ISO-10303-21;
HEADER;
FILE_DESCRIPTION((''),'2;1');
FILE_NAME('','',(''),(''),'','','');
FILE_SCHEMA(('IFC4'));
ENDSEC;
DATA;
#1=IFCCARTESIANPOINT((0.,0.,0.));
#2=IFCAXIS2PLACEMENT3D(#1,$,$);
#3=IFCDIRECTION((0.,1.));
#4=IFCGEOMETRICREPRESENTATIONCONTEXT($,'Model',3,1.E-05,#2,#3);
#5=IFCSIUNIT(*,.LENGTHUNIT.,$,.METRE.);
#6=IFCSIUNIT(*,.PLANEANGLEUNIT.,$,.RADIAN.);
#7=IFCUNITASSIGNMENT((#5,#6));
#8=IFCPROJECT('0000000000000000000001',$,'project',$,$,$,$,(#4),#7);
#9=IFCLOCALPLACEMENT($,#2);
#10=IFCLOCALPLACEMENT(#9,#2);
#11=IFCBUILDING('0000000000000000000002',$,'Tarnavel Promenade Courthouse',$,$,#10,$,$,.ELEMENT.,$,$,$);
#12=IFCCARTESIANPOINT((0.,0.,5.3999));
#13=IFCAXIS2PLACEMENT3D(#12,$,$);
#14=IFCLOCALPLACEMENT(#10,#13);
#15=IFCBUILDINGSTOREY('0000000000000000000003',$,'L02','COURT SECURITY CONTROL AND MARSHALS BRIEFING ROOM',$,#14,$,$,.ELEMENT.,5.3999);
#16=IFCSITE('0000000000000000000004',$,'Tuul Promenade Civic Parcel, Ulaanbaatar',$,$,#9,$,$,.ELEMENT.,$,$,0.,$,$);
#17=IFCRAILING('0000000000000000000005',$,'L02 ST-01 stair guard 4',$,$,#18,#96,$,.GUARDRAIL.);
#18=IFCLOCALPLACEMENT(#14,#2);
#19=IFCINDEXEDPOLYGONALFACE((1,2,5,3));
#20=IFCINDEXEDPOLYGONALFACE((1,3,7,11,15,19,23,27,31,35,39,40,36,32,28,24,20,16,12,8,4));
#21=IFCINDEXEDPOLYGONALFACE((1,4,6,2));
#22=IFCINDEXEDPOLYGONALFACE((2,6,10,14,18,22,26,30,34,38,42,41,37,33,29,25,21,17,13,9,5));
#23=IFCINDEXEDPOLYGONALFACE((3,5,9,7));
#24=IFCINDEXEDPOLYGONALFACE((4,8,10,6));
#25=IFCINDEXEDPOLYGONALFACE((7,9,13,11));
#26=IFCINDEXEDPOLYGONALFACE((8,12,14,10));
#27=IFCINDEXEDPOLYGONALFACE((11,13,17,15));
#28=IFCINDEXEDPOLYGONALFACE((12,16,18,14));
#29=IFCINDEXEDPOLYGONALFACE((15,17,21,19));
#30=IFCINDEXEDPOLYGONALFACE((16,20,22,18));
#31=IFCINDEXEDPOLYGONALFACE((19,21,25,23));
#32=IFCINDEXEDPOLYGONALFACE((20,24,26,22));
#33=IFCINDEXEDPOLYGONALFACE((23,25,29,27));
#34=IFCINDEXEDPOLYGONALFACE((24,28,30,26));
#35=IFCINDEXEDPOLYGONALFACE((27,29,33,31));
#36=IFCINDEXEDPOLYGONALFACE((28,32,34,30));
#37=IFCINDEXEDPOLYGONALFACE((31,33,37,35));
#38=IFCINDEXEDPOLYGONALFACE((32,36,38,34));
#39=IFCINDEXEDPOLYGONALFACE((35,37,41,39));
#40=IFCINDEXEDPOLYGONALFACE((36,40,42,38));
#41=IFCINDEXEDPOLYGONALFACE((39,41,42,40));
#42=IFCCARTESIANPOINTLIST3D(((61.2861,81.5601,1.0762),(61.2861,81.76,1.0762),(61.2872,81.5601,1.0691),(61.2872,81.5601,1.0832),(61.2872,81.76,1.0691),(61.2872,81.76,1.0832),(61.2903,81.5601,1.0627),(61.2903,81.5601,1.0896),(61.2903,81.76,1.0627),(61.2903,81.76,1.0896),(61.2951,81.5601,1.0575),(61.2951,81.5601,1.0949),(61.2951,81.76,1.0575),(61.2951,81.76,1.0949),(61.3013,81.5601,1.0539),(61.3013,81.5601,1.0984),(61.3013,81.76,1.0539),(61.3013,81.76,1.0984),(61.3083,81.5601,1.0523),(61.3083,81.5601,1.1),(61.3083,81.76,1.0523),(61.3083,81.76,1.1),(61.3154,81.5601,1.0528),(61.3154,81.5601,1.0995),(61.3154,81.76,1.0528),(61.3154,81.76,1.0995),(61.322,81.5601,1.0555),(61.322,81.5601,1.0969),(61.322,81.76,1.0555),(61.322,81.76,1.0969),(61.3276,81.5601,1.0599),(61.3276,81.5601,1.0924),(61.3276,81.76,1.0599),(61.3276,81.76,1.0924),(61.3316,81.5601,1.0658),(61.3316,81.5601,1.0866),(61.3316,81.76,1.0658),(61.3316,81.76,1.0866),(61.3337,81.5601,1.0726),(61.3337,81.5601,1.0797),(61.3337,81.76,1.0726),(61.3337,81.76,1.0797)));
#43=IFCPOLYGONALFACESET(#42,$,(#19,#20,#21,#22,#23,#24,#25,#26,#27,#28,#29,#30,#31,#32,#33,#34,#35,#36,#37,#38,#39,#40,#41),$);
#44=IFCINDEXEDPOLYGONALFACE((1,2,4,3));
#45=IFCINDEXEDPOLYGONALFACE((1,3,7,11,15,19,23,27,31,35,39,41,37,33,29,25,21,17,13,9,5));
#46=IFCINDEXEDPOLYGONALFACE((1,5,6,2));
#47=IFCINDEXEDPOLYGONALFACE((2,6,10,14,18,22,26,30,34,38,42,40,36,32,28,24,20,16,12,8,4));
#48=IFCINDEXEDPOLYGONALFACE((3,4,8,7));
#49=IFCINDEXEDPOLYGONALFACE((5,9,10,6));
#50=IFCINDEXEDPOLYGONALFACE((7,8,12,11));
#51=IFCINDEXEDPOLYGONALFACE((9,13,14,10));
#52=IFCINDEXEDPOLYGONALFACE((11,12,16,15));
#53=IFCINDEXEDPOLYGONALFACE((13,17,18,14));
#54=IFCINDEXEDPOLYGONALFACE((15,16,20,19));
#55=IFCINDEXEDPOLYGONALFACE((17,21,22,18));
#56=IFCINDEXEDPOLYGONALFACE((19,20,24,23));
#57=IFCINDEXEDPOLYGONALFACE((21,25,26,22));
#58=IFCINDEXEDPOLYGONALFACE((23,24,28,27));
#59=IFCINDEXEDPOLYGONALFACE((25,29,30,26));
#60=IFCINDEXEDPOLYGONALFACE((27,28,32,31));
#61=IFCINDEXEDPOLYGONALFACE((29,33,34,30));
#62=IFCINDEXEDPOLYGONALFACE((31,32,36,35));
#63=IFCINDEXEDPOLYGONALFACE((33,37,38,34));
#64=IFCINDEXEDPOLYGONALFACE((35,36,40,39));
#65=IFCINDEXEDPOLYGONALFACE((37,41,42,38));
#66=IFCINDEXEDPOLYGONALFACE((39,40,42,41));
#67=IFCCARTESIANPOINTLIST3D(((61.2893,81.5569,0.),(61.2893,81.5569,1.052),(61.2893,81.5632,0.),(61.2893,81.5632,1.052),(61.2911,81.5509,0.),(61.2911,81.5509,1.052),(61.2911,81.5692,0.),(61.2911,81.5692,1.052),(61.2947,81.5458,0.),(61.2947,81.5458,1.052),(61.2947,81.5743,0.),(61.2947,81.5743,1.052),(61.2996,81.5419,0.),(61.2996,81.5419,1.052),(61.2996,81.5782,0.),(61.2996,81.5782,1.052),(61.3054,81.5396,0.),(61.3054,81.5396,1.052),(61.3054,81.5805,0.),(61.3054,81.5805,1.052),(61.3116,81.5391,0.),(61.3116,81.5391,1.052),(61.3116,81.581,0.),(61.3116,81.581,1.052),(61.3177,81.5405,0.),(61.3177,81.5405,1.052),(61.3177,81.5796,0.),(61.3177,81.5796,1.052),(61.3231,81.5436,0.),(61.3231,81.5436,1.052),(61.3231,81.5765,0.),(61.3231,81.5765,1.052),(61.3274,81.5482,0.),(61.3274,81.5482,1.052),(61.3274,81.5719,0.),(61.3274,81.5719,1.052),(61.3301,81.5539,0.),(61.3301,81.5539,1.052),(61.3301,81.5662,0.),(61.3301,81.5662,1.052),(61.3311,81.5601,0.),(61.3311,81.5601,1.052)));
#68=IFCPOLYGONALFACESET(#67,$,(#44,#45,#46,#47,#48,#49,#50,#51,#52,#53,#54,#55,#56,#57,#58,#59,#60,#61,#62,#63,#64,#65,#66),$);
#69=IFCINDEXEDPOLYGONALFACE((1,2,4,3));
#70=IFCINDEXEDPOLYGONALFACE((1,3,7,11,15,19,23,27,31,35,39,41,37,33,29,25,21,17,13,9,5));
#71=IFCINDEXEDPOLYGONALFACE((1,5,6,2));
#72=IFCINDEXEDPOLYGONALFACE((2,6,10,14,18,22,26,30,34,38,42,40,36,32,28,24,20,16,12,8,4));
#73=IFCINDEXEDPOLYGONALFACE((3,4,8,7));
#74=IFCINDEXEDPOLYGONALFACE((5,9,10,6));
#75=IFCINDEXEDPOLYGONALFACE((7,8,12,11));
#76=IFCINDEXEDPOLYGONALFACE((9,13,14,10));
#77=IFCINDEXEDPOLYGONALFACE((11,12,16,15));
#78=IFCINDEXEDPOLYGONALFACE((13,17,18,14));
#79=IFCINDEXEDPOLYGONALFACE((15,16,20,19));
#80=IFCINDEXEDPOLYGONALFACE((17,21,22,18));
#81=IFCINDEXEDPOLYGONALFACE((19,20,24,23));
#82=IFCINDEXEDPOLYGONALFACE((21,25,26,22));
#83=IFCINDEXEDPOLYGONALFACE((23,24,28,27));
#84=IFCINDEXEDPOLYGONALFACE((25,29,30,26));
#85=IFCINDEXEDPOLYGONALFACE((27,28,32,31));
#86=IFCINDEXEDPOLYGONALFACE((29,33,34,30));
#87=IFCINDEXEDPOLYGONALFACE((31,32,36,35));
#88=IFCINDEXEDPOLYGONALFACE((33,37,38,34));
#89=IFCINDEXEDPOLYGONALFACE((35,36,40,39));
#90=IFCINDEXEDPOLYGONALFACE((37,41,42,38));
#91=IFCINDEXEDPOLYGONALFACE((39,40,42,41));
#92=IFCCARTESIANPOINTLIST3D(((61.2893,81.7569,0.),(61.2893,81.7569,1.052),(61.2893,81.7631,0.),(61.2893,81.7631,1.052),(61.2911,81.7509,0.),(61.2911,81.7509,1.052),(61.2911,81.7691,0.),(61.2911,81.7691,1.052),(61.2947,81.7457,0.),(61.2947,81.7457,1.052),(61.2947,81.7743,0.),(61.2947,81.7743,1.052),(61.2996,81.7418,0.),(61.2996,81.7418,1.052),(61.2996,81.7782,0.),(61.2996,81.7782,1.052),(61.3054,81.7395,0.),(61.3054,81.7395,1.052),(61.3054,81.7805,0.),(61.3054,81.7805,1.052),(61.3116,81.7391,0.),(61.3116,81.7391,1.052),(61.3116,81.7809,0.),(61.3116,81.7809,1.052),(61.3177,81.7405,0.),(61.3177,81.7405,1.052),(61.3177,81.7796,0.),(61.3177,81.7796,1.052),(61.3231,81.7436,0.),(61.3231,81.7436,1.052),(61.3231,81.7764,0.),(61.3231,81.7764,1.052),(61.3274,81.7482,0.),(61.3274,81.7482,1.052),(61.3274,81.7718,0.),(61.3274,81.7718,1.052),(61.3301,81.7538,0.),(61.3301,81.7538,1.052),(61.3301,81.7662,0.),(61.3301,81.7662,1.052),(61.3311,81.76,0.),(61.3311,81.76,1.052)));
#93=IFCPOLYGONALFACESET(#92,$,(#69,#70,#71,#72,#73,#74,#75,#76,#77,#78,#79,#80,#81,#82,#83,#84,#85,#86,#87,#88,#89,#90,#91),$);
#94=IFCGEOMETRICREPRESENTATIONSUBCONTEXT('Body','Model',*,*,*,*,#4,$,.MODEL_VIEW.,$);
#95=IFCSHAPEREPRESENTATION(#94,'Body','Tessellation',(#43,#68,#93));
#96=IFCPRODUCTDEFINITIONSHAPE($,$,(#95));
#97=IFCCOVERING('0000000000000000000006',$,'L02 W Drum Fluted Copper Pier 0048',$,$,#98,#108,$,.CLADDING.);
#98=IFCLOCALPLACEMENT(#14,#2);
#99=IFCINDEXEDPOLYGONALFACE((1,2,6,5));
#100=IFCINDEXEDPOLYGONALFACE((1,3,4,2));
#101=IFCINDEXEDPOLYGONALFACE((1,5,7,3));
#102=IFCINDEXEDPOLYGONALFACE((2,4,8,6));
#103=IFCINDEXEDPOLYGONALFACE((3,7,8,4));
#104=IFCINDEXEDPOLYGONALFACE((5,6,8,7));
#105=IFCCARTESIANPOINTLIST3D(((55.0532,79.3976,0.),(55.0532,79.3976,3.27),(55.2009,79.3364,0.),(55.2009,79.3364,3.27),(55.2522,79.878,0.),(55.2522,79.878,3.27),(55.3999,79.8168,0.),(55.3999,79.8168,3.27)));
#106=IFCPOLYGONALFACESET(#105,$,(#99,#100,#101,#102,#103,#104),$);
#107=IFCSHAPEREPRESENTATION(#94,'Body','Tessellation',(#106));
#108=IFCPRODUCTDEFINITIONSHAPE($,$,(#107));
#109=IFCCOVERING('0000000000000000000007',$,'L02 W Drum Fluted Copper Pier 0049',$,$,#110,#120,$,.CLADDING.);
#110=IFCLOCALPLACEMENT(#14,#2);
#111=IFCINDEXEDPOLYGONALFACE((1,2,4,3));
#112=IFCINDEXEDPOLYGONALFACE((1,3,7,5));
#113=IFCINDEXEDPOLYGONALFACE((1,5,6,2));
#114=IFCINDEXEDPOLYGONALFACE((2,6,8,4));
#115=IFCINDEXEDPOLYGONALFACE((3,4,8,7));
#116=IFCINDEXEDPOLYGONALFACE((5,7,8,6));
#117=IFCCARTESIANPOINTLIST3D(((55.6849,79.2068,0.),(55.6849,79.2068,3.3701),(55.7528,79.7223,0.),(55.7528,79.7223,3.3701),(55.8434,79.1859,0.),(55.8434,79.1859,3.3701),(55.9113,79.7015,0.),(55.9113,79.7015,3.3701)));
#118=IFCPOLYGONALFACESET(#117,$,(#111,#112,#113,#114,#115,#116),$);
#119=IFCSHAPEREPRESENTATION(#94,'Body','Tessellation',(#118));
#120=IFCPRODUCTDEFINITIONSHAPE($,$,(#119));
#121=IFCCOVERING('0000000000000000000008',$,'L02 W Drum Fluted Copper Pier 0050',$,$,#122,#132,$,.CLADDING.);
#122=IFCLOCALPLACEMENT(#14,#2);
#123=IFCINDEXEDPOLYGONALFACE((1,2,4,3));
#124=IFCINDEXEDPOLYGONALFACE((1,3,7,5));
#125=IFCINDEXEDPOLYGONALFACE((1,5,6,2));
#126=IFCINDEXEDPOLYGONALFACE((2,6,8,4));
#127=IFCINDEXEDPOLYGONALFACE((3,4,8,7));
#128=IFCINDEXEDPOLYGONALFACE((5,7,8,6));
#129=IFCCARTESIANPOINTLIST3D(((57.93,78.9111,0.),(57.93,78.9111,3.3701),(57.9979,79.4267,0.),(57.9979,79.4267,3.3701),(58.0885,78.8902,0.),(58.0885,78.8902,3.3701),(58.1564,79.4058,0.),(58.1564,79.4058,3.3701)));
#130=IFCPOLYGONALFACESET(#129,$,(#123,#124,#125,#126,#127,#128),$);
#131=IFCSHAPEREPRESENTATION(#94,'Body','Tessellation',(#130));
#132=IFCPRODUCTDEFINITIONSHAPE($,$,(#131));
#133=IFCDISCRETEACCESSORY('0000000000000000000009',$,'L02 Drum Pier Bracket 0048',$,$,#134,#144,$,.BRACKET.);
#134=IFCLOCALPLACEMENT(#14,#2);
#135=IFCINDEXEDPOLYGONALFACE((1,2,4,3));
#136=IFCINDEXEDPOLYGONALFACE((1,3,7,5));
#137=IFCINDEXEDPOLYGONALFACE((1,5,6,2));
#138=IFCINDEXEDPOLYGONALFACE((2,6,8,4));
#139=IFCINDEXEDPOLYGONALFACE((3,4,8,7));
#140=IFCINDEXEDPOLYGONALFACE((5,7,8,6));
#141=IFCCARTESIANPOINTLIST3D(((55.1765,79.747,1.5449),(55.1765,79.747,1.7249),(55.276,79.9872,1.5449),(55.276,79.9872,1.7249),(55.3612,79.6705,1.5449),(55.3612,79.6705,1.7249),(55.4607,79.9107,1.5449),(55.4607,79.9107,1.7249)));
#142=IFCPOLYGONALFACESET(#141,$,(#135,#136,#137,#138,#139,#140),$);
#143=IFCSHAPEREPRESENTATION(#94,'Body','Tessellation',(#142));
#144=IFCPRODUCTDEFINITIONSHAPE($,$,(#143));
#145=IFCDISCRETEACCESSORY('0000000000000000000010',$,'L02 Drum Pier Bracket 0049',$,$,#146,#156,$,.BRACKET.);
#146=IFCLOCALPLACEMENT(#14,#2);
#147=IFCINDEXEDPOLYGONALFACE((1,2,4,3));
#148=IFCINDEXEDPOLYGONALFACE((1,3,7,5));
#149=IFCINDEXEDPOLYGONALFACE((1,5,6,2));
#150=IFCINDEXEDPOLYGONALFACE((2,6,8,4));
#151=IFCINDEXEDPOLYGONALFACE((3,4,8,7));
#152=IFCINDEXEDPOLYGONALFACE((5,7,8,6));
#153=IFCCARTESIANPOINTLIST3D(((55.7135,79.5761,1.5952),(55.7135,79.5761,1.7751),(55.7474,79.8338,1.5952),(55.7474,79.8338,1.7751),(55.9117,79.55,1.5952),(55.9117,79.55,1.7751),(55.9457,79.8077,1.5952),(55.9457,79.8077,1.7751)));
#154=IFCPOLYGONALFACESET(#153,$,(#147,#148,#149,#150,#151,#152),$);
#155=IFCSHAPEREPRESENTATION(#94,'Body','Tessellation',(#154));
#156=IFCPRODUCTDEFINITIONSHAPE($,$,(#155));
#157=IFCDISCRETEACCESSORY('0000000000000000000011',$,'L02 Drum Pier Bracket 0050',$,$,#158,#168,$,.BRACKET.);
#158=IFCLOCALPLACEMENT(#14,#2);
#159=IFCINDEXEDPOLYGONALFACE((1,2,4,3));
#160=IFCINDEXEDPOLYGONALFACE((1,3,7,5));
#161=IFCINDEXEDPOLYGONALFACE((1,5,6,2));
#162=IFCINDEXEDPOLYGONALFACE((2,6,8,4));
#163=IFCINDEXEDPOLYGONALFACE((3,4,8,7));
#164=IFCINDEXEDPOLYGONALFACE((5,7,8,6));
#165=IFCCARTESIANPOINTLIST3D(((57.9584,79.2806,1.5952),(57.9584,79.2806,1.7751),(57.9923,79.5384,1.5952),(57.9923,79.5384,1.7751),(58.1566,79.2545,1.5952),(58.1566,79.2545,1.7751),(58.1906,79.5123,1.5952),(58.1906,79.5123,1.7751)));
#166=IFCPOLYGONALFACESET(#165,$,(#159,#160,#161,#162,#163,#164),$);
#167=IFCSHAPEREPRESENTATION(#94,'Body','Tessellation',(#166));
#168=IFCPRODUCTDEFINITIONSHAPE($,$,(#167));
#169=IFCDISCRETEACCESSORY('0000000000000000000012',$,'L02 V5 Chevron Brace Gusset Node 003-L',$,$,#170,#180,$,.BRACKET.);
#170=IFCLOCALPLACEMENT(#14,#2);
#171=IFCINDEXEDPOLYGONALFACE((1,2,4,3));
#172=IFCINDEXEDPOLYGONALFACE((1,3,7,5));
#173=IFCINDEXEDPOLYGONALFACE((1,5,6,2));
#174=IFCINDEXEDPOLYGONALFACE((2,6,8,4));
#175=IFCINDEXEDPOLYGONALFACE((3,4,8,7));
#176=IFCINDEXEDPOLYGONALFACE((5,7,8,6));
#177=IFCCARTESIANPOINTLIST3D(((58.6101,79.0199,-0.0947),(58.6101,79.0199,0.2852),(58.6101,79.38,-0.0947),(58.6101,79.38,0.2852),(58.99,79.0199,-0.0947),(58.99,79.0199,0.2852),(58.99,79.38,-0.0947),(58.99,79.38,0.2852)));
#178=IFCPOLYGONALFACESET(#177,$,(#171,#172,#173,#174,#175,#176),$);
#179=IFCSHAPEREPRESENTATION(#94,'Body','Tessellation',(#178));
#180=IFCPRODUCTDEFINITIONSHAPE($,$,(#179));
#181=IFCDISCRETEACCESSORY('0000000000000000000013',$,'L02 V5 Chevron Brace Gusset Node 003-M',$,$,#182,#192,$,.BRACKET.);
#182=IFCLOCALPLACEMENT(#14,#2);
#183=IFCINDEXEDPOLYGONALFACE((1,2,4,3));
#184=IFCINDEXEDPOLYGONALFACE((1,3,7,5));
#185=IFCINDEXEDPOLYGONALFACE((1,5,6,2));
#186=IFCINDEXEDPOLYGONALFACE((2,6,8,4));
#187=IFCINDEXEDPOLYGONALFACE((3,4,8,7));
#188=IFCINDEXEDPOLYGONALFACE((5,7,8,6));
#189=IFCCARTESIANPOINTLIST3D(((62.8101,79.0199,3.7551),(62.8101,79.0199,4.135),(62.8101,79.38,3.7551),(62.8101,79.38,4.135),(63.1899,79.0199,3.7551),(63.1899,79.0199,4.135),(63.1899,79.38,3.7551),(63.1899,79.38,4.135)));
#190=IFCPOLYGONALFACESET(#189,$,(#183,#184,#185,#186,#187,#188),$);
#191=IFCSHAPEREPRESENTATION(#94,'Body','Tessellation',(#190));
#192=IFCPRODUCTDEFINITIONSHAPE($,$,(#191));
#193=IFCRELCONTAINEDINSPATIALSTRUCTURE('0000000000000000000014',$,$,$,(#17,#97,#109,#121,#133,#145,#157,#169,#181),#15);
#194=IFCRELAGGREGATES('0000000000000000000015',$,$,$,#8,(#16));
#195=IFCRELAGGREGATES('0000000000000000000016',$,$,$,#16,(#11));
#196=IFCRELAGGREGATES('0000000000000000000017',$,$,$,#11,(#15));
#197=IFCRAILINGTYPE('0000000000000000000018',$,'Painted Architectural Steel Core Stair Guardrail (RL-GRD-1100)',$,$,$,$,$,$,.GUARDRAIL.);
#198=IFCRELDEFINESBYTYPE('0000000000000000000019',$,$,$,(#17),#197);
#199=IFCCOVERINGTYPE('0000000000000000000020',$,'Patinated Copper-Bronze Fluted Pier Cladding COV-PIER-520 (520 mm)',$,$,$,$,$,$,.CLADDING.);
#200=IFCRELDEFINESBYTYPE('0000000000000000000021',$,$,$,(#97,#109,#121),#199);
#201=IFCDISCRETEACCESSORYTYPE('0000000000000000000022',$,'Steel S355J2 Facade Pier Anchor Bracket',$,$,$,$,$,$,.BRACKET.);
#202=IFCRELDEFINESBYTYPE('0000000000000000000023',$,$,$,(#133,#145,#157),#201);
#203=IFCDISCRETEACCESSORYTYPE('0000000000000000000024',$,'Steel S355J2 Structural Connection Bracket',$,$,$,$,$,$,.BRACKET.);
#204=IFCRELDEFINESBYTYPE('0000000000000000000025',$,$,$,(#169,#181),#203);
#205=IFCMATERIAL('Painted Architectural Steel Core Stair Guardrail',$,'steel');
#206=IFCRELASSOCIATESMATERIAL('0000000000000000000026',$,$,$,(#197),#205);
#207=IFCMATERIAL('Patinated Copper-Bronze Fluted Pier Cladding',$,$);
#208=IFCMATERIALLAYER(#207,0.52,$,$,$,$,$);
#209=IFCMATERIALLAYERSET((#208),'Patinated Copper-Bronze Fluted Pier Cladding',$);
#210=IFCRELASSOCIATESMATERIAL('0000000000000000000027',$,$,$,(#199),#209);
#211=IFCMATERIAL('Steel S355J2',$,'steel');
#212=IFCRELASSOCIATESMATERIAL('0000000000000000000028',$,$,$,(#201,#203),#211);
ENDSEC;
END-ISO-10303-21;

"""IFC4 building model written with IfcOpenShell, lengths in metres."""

from ifc_helpers import new_model, si_unit, direction, frame, origin, origin_2d, place, context, subcontext, project, spatial, rectangle, circle, extrude, material, layer, layer_set, type_object, element, save


model = new_model("IFC4")

# Units and contexts
model_context = context("Model", 3, precision=1e-05, world=origin(), true_north=direction((0.0, 1.0)))
body_context = subcontext(model_context, "Body", "Model", "MODEL_VIEW")
ifc_project = project(units=[si_unit("LENGTHUNIT", "METRE"), si_unit("PLANEANGLEUNIT", "RADIAN")], contexts=[model_context])

# Site, building, storey
site_placement = place(None, origin())
site = spatial("IfcSite", under=ifc_project, at=site_placement, Name="Tuul Promenade Civic Parcel, Ulaanbaatar", CompositionType="ELEMENT", RefElevation=0.0)
building_placement = place(site_placement, origin())
building = spatial("IfcBuilding", under=site, at=building_placement, Name="Tarnavel Promenade Courthouse", CompositionType="ELEMENT")
storey_placement = place(building_placement, frame((0.0, 0.0, 5.3999)))
storey = spatial("IfcBuildingStorey", under=building, at=storey_placement, Name="L02", Description="COURT SECURITY CONTROL AND MARSHALS BRIEFING ROOM", CompositionType="ELEMENT", Elevation=5.3999)

# Shared definitions
ifc_material_1 = material(Name="Steel S355J2", Category="steel")

# Railing
ifc_material_2 = material(Name="Painted Architectural Steel Core Stair Guardrail", Category="steel")
railing_type_1 = type_object("IfcRailingType", Name="Painted Architectural Steel Core Stair Guardrail (RL-GRD-1100)", PredefinedType="GUARDRAIL", material=ifc_material_2)
railing_1_placement = place(storey_placement, frame((61.3101, 81.5601, 0.0)))
element("IfcRailing", 1, at=railing_1_placement, inside=storey, type_object=railing_type_1, Name="L02 ST-01 stair guard 4", PredefinedType="GUARDRAIL", context=body_context, shape_type="SweptSolid", body=[
    extrude(circle(Radius=0.0239, at=origin_2d()), frame((0.0, 0.0, 1.0762), z_axis=(0.0, 1.0, 0.0), x_axis=(-1.0, 0.0, 0.0)), (0.0, 0.0, 1.0), 0.2),
    extrude(circle(Radius=0.021, at=origin_2d()), origin(), (0.0, 0.0, 1.0), 1.052),
    extrude(circle(Radius=0.021, at=origin_2d()), frame((0.0, 0.2, 0.0)), (0.0, 0.0, 1.0), 1.052),
])

# Coverings
ifc_material_3 = material(Name="Patinated Copper-Bronze Fluted Pier Cladding")
ifc_layer_1 = layer(ifc_material_3, 0.52)
ifc_layer_set_1 = layer_set([ifc_layer_1], Name="Patinated Copper-Bronze Fluted Pier Cladding")
covering_type = type_object("IfcCoveringType", Name="Patinated Copper-Bronze Fluted Pier Cladding COV-PIER-520 (520 mm)", PredefinedType="CLADDING", material=ifc_layer_set_1)
covering_placement = place(storey_placement, frame((55.2266, 79.6072, 0.0), z_axis=(0.0, 0.0, 1.0), x_axis=(0.92388, -0.382683, 0.0)))
element("IfcCovering", 2, at=covering_placement, inside=storey, type_object=covering_type, Name="L02 W Drum Fluted Copper Pier 0048", PredefinedType="CLADDING", context=body_context, shape_type="SweptSolid", body=[
    extrude(rectangle(XDim=0.1599, YDim=0.52, at=origin_2d()), origin(), (0.0, 0.0, 1.0), 3.27),
])
for number, where, z_axis, x_axis, name in (
    (3, (55.7981, 79.4541, 0.0), (0.0, 0.0, 1.0), (0.991445, -0.130526, 0.0), "L02 W Drum Fluted Copper Pier 0049"),
    (4, (58.0432, 79.1584, 0.0), (0.0, 0.0, 1.0), (0.991445, -0.130526, 0.0), "L02 W Drum Fluted Copper Pier 0050"),
):
    element("IfcCovering", number, at=place(storey_placement, frame(where, z_axis=z_axis, x_axis=x_axis)), inside=storey, type_object=covering_type, Name=name, PredefinedType="CLADDING", context=body_context, shape_type="SweptSolid", body=[
        extrude(rectangle(XDim=0.1599, YDim=0.52, at=origin_2d()), origin(), (0.0, 0.0, 1.0), 3.3701),
    ])

# Discrete accessories
discrete_accessory_type_1 = type_object("IfcDiscreteAccessoryType", Name="Steel S355J2 Facade Pier Anchor Bracket", PredefinedType="BRACKET", material=ifc_material_1)
for number, where, z_axis, x_axis, name in (
    (5, (55.3186, 79.8289, 1.5449), (0.0, 0.0, 1.0), (0.92388, -0.382683, 0.0), "L02 Drum Pier Bracket 0048"),
    (6, (55.8296, 79.6919, 1.5952), (0.0, 0.0, 1.0), (0.991445, -0.130526, 0.0), "L02 Drum Pier Bracket 0049"),
    (7, (58.0745, 79.3965, 1.5952), (0.0, 0.0, 1.0), (0.991445, -0.130526, 0.0), "L02 Drum Pier Bracket 0050"),
):
    element("IfcDiscreteAccessory", number, at=place(storey_placement, frame(where, z_axis=z_axis, x_axis=x_axis)), inside=storey, type_object=discrete_accessory_type_1, Name=name, PredefinedType="BRACKET", context=body_context, shape_type="SweptSolid", body=[
        extrude(rectangle(XDim=0.2, YDim=0.26, at=origin_2d()), origin(), (0.0, 0.0, 1.0), 0.1799),
    ])
discrete_accessory_type_2 = type_object("IfcDiscreteAccessoryType", Name="Steel S355J2 Structural Connection Bracket", PredefinedType="BRACKET", material=ifc_material_1)
for number, where, z_axis, x_axis, name in (
    (8, (58.8, 79.2, -0.0947), (0.0, 0.0, 1.0), (1.0, 0.0, 0.0), "L02 V5 Chevron Brace Gusset Node 003-L"),
    (9, (63.0, 79.2, 3.7551), (0.0, 0.0, 1.0), (1.0, 0.0, 0.0), "L02 V5 Chevron Brace Gusset Node 003-M"),
):
    element("IfcDiscreteAccessory", number, at=place(storey_placement, frame(where, z_axis=z_axis, x_axis=x_axis)), inside=storey, type_object=discrete_accessory_type_2, Name=name, PredefinedType="BRACKET", context=body_context, shape_type="SweptSolid", body=[
        extrude(rectangle(XDim=0.3799, YDim=0.3601, at=origin_2d()), origin(), (0.0, 0.0, 1.0), 0.3799),
    ])

save(model, "model.ifc")
